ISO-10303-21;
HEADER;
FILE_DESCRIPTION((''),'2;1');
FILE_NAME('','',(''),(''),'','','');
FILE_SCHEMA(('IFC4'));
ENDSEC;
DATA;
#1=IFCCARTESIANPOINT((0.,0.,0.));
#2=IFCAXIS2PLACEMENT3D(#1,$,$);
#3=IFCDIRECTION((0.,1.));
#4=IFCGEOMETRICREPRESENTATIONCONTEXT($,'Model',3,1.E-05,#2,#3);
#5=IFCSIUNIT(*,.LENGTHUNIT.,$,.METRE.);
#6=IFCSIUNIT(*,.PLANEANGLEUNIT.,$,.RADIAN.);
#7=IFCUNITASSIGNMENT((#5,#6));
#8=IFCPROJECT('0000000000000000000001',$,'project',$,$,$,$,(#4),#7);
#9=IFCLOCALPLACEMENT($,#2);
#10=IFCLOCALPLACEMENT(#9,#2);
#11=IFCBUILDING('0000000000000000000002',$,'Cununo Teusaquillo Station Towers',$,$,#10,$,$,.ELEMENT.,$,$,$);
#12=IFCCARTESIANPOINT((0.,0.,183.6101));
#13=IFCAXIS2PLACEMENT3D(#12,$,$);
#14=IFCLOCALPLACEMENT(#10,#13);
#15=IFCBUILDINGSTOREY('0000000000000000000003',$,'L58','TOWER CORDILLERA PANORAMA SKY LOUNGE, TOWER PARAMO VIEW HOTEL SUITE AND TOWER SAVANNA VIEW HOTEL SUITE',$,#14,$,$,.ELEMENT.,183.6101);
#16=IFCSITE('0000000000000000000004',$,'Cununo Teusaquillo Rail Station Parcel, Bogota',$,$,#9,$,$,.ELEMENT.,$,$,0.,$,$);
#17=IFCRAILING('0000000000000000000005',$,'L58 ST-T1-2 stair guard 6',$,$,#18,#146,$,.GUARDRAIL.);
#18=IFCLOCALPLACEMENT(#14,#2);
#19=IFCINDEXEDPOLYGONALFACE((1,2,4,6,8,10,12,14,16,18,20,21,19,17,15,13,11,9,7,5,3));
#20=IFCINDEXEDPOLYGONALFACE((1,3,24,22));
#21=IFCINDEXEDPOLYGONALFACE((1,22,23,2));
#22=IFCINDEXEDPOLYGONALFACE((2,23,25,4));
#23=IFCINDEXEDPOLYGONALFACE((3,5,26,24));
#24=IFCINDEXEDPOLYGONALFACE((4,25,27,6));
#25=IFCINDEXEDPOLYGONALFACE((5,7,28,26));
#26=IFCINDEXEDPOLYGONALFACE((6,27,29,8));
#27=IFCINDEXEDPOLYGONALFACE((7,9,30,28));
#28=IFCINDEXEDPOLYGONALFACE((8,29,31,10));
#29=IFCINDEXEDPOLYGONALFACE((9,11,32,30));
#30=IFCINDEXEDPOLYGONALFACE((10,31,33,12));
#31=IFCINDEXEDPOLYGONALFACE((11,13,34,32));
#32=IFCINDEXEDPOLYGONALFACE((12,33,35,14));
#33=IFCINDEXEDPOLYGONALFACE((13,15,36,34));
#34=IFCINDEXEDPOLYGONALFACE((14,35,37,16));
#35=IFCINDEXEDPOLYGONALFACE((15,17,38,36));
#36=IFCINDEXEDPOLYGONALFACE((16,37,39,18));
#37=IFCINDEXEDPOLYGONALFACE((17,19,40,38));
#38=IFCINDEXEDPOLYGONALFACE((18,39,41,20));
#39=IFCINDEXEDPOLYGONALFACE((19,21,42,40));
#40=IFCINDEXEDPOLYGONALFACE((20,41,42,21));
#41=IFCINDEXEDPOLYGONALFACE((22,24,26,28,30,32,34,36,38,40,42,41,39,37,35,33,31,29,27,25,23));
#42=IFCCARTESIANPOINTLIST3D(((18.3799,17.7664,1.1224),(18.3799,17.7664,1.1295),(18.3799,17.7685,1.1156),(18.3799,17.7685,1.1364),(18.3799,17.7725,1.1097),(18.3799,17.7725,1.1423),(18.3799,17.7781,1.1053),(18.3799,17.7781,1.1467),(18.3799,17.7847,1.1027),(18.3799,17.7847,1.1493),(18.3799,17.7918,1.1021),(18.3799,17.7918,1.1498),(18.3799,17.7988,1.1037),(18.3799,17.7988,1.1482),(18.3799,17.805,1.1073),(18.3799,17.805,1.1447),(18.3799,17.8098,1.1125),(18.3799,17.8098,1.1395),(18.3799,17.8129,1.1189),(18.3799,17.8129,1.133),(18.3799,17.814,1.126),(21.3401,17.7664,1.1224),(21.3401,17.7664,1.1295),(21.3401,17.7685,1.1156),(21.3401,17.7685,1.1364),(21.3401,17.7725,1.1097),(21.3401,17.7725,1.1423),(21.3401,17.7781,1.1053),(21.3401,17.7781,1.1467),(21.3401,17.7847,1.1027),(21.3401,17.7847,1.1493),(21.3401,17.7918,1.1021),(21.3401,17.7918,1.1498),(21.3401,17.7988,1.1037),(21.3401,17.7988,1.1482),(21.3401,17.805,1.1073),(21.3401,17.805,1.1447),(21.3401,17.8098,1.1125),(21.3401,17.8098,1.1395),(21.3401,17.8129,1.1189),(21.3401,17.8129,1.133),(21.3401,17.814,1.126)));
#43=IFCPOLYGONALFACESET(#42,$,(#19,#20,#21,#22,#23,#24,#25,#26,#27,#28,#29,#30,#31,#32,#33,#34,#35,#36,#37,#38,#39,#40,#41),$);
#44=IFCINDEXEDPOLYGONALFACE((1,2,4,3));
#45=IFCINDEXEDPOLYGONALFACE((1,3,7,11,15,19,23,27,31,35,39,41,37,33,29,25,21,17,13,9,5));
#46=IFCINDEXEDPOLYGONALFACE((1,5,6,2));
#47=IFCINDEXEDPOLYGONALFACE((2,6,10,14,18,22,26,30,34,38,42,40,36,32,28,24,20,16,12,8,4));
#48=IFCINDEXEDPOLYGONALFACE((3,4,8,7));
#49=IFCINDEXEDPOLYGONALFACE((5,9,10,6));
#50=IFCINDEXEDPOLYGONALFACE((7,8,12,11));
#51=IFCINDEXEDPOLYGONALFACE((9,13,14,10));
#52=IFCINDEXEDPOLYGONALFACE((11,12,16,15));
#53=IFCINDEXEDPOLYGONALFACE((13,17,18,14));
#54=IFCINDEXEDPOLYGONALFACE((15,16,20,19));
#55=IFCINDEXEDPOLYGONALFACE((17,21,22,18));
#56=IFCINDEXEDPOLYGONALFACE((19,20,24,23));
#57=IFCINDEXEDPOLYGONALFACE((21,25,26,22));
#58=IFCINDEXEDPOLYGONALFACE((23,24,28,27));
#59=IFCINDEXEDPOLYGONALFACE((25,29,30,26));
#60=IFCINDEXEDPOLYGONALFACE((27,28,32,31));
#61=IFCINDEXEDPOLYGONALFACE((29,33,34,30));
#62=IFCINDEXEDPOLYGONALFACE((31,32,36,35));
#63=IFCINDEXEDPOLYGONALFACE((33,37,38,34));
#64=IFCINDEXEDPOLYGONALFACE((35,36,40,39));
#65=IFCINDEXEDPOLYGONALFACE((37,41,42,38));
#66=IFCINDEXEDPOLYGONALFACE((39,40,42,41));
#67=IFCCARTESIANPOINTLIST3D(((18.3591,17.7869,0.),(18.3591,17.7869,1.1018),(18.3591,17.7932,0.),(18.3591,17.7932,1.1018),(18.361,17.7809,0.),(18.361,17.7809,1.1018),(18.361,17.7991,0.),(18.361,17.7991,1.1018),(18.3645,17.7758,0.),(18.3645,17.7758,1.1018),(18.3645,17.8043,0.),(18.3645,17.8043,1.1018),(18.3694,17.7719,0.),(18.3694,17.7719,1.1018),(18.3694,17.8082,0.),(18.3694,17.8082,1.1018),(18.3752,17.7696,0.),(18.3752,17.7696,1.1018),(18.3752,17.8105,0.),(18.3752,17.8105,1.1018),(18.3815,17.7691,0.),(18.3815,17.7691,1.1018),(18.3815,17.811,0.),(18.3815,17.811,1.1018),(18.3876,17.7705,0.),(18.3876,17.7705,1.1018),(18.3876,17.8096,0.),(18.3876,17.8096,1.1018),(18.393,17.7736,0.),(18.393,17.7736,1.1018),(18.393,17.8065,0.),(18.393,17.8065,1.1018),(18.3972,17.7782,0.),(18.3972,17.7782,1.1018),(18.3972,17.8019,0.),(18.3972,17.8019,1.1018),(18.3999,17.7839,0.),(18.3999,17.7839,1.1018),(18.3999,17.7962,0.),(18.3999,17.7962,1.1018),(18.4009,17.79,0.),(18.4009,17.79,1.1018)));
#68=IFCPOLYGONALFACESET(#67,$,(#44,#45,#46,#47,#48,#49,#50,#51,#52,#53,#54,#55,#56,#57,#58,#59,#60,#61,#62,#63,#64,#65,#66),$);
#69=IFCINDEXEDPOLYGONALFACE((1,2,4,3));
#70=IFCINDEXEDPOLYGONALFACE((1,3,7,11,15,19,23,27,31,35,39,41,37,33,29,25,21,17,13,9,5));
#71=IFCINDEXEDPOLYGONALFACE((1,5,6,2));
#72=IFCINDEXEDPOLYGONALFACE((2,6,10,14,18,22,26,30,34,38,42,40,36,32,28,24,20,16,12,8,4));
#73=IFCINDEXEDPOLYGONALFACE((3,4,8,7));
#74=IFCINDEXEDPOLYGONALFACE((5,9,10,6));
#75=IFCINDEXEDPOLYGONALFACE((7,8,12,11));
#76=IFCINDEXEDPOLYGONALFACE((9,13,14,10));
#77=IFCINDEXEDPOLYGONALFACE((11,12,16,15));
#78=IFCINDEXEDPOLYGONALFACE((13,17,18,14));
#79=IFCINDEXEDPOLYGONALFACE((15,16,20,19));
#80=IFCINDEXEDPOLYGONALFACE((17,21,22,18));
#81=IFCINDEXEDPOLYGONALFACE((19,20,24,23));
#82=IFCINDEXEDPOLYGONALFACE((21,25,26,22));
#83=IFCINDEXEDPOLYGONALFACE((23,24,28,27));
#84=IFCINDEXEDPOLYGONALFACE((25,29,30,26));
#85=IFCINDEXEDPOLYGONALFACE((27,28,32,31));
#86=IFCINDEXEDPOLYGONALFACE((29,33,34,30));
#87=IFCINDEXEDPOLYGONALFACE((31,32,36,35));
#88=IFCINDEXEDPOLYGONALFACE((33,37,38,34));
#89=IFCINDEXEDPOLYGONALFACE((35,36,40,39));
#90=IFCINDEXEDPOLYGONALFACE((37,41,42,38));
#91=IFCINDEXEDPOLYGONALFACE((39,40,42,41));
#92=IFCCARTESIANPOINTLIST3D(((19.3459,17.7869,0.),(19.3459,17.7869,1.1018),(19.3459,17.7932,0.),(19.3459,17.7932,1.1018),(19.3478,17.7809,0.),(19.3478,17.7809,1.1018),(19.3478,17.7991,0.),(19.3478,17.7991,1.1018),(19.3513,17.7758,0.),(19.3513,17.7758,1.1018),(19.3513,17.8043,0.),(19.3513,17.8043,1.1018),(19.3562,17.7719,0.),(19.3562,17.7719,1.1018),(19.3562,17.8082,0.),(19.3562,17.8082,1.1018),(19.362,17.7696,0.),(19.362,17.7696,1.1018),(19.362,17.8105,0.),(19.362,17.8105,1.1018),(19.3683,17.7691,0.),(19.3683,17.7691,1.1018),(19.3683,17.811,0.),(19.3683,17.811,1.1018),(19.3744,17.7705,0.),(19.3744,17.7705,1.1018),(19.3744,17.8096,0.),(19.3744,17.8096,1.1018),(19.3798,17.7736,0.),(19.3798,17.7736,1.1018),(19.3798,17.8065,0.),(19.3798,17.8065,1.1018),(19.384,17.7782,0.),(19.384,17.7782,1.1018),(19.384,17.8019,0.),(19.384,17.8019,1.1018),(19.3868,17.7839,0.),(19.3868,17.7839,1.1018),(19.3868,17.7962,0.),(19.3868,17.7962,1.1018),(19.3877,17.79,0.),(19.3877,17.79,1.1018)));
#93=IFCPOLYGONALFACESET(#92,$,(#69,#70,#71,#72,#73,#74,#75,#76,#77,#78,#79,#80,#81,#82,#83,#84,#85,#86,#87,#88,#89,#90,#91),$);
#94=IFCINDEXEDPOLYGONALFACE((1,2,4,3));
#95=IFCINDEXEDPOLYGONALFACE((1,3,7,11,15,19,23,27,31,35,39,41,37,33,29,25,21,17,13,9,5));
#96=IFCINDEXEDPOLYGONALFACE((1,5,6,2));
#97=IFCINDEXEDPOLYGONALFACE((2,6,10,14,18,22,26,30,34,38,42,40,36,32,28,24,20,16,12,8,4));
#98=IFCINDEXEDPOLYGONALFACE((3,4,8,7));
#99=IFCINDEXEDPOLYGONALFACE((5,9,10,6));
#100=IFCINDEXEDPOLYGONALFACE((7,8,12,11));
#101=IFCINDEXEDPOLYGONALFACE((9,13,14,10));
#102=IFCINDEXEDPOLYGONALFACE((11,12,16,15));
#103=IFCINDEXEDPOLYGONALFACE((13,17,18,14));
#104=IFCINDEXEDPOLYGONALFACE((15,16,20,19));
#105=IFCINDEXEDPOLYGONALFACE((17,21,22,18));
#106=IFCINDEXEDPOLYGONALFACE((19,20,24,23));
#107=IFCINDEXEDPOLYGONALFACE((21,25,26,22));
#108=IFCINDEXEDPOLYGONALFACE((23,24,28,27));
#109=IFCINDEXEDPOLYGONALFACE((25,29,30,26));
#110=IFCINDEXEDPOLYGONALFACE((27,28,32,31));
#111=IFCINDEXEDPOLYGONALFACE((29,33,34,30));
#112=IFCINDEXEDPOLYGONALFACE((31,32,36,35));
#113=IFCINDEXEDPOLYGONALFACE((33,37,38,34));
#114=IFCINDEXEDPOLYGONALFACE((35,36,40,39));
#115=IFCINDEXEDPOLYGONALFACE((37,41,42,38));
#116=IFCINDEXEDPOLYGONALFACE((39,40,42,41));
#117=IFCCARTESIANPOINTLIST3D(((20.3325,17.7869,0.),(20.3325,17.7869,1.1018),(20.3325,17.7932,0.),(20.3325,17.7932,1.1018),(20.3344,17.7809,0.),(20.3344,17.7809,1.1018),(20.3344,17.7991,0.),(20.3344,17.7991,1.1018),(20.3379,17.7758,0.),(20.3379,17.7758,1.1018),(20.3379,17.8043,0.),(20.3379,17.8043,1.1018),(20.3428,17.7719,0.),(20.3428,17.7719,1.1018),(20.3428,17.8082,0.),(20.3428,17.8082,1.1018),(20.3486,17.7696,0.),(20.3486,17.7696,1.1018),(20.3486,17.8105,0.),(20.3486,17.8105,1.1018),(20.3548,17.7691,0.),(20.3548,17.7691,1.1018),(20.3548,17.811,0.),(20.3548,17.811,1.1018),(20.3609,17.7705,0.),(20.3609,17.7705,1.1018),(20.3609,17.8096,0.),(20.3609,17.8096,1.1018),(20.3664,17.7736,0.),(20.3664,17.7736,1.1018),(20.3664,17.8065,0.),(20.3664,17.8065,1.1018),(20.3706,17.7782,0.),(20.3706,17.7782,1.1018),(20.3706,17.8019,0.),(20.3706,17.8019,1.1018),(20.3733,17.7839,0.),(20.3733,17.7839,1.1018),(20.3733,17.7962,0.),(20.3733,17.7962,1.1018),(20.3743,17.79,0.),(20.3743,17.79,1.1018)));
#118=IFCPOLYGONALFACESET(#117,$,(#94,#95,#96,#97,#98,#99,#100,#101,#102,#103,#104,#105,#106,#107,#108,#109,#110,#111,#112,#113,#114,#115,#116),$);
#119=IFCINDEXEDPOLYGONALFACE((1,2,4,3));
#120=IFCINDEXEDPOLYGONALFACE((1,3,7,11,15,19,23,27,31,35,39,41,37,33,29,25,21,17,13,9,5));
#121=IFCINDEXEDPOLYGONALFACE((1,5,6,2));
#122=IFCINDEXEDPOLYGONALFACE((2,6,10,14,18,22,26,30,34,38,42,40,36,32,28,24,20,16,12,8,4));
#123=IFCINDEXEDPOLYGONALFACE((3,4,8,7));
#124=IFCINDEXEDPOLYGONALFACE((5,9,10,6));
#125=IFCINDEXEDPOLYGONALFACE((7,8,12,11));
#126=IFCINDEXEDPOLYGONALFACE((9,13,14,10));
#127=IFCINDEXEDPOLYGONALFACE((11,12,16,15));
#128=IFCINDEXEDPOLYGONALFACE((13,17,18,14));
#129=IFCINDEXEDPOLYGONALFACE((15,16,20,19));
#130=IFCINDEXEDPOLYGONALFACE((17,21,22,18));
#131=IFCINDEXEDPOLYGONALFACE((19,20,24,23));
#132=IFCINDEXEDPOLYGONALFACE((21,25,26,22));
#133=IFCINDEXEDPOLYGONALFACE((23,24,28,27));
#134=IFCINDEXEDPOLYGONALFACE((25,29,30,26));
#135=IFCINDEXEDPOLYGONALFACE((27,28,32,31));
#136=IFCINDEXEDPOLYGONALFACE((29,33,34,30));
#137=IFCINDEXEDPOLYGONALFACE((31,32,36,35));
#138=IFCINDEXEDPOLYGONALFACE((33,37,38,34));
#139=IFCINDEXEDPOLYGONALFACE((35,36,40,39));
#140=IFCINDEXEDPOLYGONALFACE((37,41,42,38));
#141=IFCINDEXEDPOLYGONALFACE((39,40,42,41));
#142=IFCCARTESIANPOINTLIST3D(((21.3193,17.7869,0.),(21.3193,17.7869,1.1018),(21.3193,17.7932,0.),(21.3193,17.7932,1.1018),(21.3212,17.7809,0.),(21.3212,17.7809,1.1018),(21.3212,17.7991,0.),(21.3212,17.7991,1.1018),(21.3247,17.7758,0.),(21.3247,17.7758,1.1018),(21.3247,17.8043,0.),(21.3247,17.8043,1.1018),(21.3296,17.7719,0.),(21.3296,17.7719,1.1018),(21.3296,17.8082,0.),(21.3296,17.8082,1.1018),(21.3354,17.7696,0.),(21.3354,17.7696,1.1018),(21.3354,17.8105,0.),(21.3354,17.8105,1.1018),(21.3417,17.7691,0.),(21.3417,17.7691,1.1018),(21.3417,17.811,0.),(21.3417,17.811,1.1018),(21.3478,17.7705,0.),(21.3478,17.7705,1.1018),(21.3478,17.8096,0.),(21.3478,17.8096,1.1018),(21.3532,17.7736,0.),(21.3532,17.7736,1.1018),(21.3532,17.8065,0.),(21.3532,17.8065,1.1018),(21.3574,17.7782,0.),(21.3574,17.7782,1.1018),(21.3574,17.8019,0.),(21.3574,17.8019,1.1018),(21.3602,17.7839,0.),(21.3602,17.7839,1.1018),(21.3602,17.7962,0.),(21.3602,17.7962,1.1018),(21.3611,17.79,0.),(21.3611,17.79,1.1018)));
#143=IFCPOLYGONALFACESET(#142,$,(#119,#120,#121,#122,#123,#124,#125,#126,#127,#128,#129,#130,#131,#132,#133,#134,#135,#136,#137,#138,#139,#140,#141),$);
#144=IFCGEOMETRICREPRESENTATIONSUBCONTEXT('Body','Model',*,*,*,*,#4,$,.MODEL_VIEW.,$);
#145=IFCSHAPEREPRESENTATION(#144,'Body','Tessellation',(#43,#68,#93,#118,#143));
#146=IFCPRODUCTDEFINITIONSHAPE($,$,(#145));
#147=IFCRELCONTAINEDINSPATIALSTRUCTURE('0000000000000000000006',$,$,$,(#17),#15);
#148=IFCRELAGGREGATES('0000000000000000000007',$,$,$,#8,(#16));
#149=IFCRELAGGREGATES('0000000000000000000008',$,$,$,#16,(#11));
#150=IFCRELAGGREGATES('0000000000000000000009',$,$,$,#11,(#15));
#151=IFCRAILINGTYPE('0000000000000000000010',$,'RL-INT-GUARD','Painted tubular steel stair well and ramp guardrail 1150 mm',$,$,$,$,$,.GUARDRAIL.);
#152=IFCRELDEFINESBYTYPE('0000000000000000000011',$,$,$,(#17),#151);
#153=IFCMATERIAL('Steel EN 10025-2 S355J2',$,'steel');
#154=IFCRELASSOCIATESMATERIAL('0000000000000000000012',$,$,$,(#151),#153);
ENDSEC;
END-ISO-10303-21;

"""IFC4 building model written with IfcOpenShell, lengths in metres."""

from ifc_helpers import new_model, si_unit, direction, frame, origin, origin_2d, place, context, subcontext, project, spatial, circle, extrude, material, type_object, element, save


model = new_model("IFC4")

# Units and contexts
model_context = context("Model", 3, precision=1e-05, world=origin(), true_north=direction((0.0, 1.0)))
body_context = subcontext(model_context, "Body", "Model", "MODEL_VIEW")
ifc_project = project(units=[si_unit("LENGTHUNIT", "METRE"), si_unit("PLANEANGLEUNIT", "RADIAN")], contexts=[model_context])

# Site, building, storey
site_placement = place(None, origin())
site = spatial("IfcSite", under=ifc_project, at=site_placement, Name="Cununo Teusaquillo Rail Station Parcel, Bogota", CompositionType="ELEMENT", RefElevation=0.0)
building_placement = place(site_placement, origin())
building = spatial("IfcBuilding", under=site, at=building_placement, Name="Cununo Teusaquillo Station Towers", CompositionType="ELEMENT")
storey_placement = place(building_placement, frame((0.0, 0.0, 183.6101)))
storey = spatial("IfcBuildingStorey", under=building, at=storey_placement, Name="L58", Description="TOWER CORDILLERA PANORAMA SKY LOUNGE, TOWER PARAMO VIEW HOTEL SUITE AND TOWER SAVANNA VIEW HOTEL SUITE", CompositionType="ELEMENT", Elevation=183.6101)

# Railing
ifc_material_1 = material(Name="Steel EN 10025-2 S355J2", Category="steel")
railing_type_1 = type_object("IfcRailingType", Name="RL-INT-GUARD", Description="Painted tubular steel stair well and ramp guardrail 1150 mm", PredefinedType="GUARDRAIL", material=ifc_material_1)
railing_1_placement = place(storey_placement, frame((18.3799, 17.79, 0.0)))
element("IfcRailing", 1, at=railing_1_placement, inside=storey, type_object=railing_type_1, Name="L58 ST-T1-2 stair guard 6", PredefinedType="GUARDRAIL", context=body_context, shape_type="SweptSolid", body=[
    extrude(circle(Radius=0.0239, at=origin_2d()), frame((0.0, 0.0, 1.126), z_axis=(1.0, 0.0, 0.0), x_axis=(0.0, 1.0, 0.0)), (0.0, 0.0, 1.0), 2.9602),
    extrude(circle(Radius=0.021, at=origin_2d()), origin(), (0.0, 0.0, 1.0), 1.1018),
    extrude(circle(Radius=0.021, at=origin_2d()), frame((0.9868, 0.0, 0.0)), (0.0, 0.0, 1.0), 1.1018),
    extrude(circle(Radius=0.021, at=origin_2d()), frame((1.9734, 0.0, 0.0)), (0.0, 0.0, 1.0), 1.1018),
    extrude(circle(Radius=0.021, at=origin_2d()), frame((2.9602, 0.0, 0.0)), (0.0, 0.0, 1.0), 1.1018),
])

save(model, "model.ifc")
